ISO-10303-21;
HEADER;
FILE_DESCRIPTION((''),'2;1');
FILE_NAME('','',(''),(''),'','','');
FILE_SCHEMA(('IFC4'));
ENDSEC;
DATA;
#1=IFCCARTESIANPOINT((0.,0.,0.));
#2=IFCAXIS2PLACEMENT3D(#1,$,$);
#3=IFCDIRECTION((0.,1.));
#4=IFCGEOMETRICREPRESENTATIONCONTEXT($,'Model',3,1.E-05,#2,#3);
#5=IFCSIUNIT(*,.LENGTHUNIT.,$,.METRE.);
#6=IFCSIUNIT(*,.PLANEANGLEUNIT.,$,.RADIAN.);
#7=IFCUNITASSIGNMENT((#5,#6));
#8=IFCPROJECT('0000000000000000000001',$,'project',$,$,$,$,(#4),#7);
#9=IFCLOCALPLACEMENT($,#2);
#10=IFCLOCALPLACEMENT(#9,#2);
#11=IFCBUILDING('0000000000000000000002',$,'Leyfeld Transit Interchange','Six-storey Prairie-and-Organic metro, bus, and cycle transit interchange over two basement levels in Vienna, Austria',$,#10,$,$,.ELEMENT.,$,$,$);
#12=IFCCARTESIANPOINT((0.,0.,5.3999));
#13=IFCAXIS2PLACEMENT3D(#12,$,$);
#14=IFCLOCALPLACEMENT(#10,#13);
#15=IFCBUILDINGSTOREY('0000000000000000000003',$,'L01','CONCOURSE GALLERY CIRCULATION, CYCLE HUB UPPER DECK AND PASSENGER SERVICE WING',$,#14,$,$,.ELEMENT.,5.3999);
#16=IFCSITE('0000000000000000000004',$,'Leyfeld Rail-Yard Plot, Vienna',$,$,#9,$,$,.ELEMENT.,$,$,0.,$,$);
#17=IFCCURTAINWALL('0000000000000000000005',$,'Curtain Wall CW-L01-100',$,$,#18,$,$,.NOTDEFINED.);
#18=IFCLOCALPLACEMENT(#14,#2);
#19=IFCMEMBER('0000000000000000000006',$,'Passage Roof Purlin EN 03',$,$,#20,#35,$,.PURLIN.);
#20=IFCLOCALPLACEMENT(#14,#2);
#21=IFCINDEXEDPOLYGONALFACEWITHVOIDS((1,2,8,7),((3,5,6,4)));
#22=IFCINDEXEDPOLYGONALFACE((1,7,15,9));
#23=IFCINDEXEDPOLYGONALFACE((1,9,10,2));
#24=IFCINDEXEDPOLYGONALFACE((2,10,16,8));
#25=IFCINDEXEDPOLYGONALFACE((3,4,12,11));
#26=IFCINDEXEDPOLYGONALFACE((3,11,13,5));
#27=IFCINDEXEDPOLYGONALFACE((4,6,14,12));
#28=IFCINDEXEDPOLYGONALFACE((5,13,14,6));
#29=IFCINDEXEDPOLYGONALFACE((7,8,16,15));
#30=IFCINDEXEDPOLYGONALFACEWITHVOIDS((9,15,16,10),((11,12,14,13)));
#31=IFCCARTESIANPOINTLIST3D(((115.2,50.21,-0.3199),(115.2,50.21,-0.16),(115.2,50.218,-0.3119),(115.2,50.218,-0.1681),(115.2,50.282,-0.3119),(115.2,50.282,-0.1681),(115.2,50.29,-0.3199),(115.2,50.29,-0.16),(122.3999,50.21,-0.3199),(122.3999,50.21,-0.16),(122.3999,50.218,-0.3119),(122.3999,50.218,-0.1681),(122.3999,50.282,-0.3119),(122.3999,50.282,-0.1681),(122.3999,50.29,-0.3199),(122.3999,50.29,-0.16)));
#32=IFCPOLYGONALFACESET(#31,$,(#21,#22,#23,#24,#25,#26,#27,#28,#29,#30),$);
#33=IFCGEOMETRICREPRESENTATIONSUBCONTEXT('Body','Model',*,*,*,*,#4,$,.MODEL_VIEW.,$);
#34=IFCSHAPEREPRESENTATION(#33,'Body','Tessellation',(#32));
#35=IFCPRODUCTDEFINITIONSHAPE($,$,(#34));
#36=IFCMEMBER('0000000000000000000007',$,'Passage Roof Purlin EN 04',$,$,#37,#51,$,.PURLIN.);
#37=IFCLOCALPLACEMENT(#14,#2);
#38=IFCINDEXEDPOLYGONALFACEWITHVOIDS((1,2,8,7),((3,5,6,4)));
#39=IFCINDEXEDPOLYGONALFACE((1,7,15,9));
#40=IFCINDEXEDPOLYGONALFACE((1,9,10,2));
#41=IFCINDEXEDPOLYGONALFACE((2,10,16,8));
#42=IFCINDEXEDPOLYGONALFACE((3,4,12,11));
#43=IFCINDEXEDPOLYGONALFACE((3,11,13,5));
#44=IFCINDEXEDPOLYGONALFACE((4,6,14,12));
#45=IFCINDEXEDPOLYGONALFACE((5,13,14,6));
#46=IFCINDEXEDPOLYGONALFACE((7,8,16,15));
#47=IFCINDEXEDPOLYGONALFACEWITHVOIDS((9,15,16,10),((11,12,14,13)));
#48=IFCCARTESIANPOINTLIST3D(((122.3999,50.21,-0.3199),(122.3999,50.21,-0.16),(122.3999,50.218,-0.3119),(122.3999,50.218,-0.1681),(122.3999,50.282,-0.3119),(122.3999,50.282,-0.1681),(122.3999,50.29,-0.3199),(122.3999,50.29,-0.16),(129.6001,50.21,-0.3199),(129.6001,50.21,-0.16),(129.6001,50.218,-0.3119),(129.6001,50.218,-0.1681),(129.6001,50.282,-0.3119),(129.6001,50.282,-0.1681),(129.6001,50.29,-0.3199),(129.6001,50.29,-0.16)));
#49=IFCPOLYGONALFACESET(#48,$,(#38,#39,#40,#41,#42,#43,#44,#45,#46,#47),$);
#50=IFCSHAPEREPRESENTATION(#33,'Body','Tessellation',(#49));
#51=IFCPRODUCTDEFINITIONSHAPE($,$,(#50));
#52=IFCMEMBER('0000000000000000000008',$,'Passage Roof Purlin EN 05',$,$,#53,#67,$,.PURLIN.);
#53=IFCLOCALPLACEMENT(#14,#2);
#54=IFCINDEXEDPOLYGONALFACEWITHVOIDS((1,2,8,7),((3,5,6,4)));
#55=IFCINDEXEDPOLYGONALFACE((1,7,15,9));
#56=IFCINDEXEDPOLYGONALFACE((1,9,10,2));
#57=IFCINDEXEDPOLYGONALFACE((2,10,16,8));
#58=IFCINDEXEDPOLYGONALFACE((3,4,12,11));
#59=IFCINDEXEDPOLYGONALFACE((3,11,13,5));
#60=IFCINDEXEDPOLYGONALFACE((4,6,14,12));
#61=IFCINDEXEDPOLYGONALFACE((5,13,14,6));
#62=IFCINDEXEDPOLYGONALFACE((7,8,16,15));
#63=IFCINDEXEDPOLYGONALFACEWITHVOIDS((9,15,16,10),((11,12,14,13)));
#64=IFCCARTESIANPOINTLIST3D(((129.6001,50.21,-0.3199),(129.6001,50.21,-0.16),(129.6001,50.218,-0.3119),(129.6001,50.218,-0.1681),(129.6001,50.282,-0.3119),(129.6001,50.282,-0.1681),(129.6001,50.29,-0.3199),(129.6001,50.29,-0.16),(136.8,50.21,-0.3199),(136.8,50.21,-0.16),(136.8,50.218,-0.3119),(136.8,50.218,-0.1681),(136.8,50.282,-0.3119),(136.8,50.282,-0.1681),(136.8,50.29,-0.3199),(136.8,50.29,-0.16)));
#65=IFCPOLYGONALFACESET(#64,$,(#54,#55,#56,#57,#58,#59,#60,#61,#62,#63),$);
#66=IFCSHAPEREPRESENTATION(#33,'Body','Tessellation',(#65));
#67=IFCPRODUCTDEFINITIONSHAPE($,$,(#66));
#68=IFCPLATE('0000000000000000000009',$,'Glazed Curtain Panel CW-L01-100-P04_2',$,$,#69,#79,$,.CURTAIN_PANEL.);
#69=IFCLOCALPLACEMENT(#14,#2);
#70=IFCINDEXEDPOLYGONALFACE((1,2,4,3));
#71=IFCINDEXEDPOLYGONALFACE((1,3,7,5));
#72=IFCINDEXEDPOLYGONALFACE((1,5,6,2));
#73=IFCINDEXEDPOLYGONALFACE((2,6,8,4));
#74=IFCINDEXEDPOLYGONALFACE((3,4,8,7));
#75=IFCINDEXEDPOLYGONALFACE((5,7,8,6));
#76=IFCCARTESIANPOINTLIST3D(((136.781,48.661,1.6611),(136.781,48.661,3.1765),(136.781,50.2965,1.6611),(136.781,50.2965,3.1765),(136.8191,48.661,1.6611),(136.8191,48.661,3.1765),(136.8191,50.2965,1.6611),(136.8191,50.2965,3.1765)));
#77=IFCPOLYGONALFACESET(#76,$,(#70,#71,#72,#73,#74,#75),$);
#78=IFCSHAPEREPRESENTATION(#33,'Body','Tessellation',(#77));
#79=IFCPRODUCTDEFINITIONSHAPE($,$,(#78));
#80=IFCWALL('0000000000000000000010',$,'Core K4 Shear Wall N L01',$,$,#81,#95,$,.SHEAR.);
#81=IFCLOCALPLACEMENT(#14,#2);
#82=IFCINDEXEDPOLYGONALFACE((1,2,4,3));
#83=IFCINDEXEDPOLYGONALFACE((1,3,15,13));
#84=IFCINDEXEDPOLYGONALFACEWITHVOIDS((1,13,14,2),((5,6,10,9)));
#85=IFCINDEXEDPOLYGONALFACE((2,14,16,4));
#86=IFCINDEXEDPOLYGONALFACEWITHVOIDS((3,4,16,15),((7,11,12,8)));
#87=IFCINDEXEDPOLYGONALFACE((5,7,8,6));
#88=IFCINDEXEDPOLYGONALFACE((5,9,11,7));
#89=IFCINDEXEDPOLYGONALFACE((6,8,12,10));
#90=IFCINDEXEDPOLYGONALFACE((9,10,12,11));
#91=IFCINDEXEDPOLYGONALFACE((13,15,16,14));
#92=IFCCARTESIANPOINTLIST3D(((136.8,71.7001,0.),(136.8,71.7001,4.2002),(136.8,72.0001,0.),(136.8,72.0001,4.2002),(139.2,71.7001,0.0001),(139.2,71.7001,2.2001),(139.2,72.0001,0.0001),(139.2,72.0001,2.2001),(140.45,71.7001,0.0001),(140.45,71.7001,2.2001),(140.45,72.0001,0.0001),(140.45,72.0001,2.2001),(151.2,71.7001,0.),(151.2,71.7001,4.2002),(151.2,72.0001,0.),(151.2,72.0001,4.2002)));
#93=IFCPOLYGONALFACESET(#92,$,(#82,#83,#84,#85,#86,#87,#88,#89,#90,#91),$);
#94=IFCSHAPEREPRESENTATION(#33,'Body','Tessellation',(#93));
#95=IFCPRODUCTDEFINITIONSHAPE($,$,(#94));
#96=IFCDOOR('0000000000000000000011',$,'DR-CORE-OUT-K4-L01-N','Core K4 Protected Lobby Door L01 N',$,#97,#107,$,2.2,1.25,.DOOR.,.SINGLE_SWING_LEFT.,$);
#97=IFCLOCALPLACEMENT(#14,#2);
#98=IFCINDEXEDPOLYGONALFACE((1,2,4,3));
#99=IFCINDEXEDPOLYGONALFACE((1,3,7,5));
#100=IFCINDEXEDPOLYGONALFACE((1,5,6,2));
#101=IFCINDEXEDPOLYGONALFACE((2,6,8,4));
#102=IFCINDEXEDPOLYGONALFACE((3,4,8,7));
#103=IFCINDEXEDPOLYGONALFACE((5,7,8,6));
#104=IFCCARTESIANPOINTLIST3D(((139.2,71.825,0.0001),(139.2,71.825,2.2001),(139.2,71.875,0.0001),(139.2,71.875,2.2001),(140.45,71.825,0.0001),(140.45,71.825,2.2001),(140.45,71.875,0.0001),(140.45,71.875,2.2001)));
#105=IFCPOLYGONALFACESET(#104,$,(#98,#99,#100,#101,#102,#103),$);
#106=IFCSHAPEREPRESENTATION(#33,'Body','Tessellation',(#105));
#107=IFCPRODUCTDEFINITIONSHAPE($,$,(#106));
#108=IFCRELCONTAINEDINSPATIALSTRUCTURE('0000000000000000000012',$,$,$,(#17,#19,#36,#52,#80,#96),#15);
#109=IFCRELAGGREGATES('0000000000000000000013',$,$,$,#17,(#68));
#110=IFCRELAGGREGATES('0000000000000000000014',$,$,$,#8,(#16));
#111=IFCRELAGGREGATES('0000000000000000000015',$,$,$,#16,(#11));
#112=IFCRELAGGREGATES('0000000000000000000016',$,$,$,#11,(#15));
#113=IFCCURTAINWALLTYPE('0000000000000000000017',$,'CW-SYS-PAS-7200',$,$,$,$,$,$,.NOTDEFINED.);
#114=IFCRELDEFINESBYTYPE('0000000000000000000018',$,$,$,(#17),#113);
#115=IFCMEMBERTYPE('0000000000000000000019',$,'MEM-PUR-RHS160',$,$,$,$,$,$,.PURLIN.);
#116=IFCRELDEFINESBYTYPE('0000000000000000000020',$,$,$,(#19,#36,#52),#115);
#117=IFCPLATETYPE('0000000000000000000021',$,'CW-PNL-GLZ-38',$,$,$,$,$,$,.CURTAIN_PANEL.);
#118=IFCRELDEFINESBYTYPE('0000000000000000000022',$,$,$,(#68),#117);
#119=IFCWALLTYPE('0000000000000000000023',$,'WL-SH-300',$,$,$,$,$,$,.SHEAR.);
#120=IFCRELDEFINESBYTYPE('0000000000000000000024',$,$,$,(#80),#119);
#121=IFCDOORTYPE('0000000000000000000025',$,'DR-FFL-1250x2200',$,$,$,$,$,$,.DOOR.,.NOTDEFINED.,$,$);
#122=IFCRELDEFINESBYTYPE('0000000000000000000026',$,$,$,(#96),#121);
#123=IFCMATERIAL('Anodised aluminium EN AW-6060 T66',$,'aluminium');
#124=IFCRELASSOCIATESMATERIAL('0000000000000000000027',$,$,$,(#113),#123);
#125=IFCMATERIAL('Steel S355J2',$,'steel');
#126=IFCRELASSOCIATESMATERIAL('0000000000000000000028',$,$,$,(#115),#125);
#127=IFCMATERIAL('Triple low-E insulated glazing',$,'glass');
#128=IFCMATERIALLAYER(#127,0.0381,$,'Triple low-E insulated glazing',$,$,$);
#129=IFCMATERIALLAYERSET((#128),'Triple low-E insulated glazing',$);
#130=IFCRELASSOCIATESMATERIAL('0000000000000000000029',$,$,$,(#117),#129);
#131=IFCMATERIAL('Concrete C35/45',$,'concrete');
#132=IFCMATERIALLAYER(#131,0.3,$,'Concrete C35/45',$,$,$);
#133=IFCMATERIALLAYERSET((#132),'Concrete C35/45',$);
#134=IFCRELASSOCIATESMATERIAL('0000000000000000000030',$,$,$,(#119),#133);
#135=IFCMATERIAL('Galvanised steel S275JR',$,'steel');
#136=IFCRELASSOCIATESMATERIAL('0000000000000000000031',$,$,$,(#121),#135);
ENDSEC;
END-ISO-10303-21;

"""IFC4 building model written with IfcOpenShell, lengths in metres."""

from ifc_helpers import new_model, si_unit, direction, frame, frame_2d, origin, origin_2d, place, context, subcontext, project, spatial, rectangle, hollow_rectangle, extrude, material, layer, layer_set, material_profile, profile_set, type_object, element, fill, aggregate, save


model = new_model("IFC4")

# Units and contexts
model_context = context("Model", 3, precision=1e-05, world=origin(), true_north=direction((0.0, 1.0)))
body_context = subcontext(model_context, "Body", "Model", "MODEL_VIEW")
ifc_project = project(units=[si_unit("LENGTHUNIT", "METRE"), si_unit("PLANEANGLEUNIT", "RADIAN")], contexts=[model_context])

# Site, building, storey
site_placement = place(None, origin())
site = spatial("IfcSite", under=ifc_project, at=site_placement, Name="Leyfeld Rail-Yard Plot, Vienna", CompositionType="ELEMENT", RefElevation=0.0)
building_placement = place(site_placement, origin())
building = spatial("IfcBuilding", under=site, at=building_placement, Name="Leyfeld Transit Interchange", Description="Six-storey Prairie-and-Organic metro, bus, and cycle transit interchange over two basement levels in Vienna, Austria", CompositionType="ELEMENT")
storey_placement = place(building_placement, frame((0.0, 0.0, 5.3999)))
storey = spatial("IfcBuildingStorey", under=building, at=storey_placement, Name="L01", Description="CONCOURSE GALLERY CIRCULATION, CYCLE HUB UPPER DECK AND PASSENGER SERVICE WING", CompositionType="ELEMENT", Elevation=5.3999)

# Shared definitions
ifc_material_1 = material(Name="Concrete C35/45", Category="concrete")
ifc_material_2 = material(Name="Steel S355J2", Category="steel")

# Curtain wall
ifc_material_3 = material(Name="Anodised aluminium EN AW-6060 T66", Category="aluminium")
curtain_wall_type = type_object("IfcCurtainWallType", Name="CW-SYS-PAS-7200", PredefinedType="NOTDEFINED", material=ifc_material_3)
curtain_wall_placement = place(storey_placement, origin())
curtain_wall = element("IfcCurtainWall", 1, at=curtain_wall_placement, inside=storey, type_object=curtain_wall_type, Name="Curtain Wall CW-L01-100", PredefinedType="NOTDEFINED")

# Members
ifc_material_profile_1 = material_profile(ifc_material_2, hollow_rectangle(XDim=0.0801, YDim=0.1599, WallThickness=0.0081, at=origin_2d()), Name="RHS 160x80x8")
ifc_profile_set_1 = profile_set([ifc_material_profile_1], Name="Steel S355J2")
member_type_1 = type_object("IfcMemberType", Name="MEM-PUR-RHS160", PredefinedType="PURLIN", material=ifc_profile_set_1)
for number, where, z_axis, x_axis, name in (
    (2, (115.2, 50.25, -0.24), (1.0, 0.0, 0.0), (0.0, 1.0, 0.0), "Passage Roof Purlin EN 03"),
):
    element("IfcMember", number, at=place(storey_placement, frame(where, z_axis=z_axis, x_axis=x_axis)), inside=storey, type_object=member_type_1, Name=name, PredefinedType="PURLIN", context=body_context, shape_type="SweptSolid", body=[
        extrude(hollow_rectangle(XDim=0.0801, YDim=0.1599, WallThickness=0.0081, at=origin_2d()), origin(), (0.0, 0.0, 1.0), 7.2),
    ])
member_1_placement = place(storey_placement, frame((122.3999, 50.25, -0.24), z_axis=(1.0, 0.0, 0.0), x_axis=(0.0, 1.0, 0.0)))
element("IfcMember", 3, at=member_1_placement, inside=storey, type_object=member_type_1, Name="Passage Roof Purlin EN 04", PredefinedType="PURLIN", context=body_context, shape_type="SweptSolid", body=[
    extrude(hollow_rectangle(XDim=0.0801, YDim=0.1599, WallThickness=0.0081, at=origin_2d()), origin(), (0.0, 0.0, 1.0), 7.2002),
])
member_2_placement = place(storey_placement, frame((129.6001, 50.25, -0.24), z_axis=(1.0, 0.0, 0.0), x_axis=(0.0, 1.0, 0.0)))
element("IfcMember", 4, at=member_2_placement, inside=storey, type_object=member_type_1, Name="Passage Roof Purlin EN 05", PredefinedType="PURLIN", context=body_context, shape_type="SweptSolid", body=[
    extrude(hollow_rectangle(XDim=0.0801, YDim=0.1599, WallThickness=0.0081, at=origin_2d()), origin(), (0.0, 0.0, 1.0), 7.2),
])

# Plate
ifc_material_4 = material(Name="Triple low-E insulated glazing", Category="glass")
ifc_layer_1 = layer(ifc_material_4, 0.0381, Name="Triple low-E insulated glazing")
ifc_layer_set_1 = layer_set([ifc_layer_1], Name="Triple low-E insulated glazing")
plate_type = type_object("IfcPlateType", Name="CW-PNL-GLZ-38", PredefinedType="CURTAIN_PANEL", material=ifc_layer_set_1)
plate_placement = place(storey_placement, frame((136.8, 49.4788, 1.6611), z_axis=(0.0, 0.0, 1.0), x_axis=(0.0, 1.0, 0.0)))
plate = element("IfcPlate", 5, at=plate_placement, type_object=plate_type, Name="Glazed Curtain Panel CW-L01-100-P04_2", PredefinedType="CURTAIN_PANEL", context=body_context, shape_type="SweptSolid", body=[
    extrude(rectangle(XDim=1.6355, YDim=0.0381, at=origin_2d()), origin(), (0.0, 0.0, 1.0), 1.5154),
])
aggregate(curtain_wall, [plate])

# Wall, opening, door
ifc_layer_2 = layer(ifc_material_1, 0.3, Name="Concrete C35/45")
ifc_layer_set_2 = layer_set([ifc_layer_2], Name="Concrete C35/45")
wall_type = type_object("IfcWallType", Name="WL-SH-300", PredefinedType="SHEAR", material=ifc_layer_set_2)
wall_placement = place(storey_placement, frame((136.8, 71.8501, 0.0), z_axis=(0.0, 0.0, 1.0), x_axis=(1.0, 0.0, 0.0)))
wall = element("IfcWall", 6, at=wall_placement, inside=storey, type_object=wall_type, Name="Core K4 Shear Wall N L01", PredefinedType="SHEAR", context=body_context, shape_type="SweptSolid", body=[
    extrude(rectangle(XDim=14.3999, YDim=0.3, at=frame_2d((7.2, 0.0))), origin(), (0.0, 0.0, 1.0), 4.2002),
])
opening_placement = place(wall_placement, frame((2.3999, 0.0, 0.0)))
opening = element("IfcOpeningElement", 7, at=opening_placement, cuts=wall, PredefinedType="OPENING", context=body_context, shape_type="SweptSolid", body=[
    extrude(rectangle(XDim=1.25, YDim=2.2, at=frame_2d((0.625, 1.1001))), frame((0.0, 0.1599, 0.0), z_axis=(0.0, -1.0, 0.0), x_axis=(1.0, 0.0, 0.0)), (0.0, 0.0, 1.0), 0.3201),
])
ifc_material_5 = material(Name="Galvanised steel S275JR", Category="steel")
door_type = type_object("IfcDoorType", Name="DR-FFL-1250x2200", OperationType="NOTDEFINED", PredefinedType="DOOR", material=ifc_material_5)
door_placement = place(opening_placement, origin())
door = element("IfcDoor", 8, at=door_placement, inside=storey, type_object=door_type, Name="DR-CORE-OUT-K4-L01-N", Description="Core K4 Protected Lobby Door L01 N", OperationType="SINGLE_SWING_LEFT", OverallHeight=2.2, OverallWidth=1.25, PredefinedType="DOOR", context=body_context, shape_type="SweptSolid", body=[
    extrude(rectangle(XDim=1.25, YDim=2.2, at=frame_2d((0.625, 1.1001))), frame((0.0, 0.0249, 0.0), z_axis=(0.0, -1.0, 0.0), x_axis=(1.0, 0.0, 0.0)), (0.0, 0.0, 1.0), 0.05),
])
fill(opening, door)

save(model, "model.ifc")
